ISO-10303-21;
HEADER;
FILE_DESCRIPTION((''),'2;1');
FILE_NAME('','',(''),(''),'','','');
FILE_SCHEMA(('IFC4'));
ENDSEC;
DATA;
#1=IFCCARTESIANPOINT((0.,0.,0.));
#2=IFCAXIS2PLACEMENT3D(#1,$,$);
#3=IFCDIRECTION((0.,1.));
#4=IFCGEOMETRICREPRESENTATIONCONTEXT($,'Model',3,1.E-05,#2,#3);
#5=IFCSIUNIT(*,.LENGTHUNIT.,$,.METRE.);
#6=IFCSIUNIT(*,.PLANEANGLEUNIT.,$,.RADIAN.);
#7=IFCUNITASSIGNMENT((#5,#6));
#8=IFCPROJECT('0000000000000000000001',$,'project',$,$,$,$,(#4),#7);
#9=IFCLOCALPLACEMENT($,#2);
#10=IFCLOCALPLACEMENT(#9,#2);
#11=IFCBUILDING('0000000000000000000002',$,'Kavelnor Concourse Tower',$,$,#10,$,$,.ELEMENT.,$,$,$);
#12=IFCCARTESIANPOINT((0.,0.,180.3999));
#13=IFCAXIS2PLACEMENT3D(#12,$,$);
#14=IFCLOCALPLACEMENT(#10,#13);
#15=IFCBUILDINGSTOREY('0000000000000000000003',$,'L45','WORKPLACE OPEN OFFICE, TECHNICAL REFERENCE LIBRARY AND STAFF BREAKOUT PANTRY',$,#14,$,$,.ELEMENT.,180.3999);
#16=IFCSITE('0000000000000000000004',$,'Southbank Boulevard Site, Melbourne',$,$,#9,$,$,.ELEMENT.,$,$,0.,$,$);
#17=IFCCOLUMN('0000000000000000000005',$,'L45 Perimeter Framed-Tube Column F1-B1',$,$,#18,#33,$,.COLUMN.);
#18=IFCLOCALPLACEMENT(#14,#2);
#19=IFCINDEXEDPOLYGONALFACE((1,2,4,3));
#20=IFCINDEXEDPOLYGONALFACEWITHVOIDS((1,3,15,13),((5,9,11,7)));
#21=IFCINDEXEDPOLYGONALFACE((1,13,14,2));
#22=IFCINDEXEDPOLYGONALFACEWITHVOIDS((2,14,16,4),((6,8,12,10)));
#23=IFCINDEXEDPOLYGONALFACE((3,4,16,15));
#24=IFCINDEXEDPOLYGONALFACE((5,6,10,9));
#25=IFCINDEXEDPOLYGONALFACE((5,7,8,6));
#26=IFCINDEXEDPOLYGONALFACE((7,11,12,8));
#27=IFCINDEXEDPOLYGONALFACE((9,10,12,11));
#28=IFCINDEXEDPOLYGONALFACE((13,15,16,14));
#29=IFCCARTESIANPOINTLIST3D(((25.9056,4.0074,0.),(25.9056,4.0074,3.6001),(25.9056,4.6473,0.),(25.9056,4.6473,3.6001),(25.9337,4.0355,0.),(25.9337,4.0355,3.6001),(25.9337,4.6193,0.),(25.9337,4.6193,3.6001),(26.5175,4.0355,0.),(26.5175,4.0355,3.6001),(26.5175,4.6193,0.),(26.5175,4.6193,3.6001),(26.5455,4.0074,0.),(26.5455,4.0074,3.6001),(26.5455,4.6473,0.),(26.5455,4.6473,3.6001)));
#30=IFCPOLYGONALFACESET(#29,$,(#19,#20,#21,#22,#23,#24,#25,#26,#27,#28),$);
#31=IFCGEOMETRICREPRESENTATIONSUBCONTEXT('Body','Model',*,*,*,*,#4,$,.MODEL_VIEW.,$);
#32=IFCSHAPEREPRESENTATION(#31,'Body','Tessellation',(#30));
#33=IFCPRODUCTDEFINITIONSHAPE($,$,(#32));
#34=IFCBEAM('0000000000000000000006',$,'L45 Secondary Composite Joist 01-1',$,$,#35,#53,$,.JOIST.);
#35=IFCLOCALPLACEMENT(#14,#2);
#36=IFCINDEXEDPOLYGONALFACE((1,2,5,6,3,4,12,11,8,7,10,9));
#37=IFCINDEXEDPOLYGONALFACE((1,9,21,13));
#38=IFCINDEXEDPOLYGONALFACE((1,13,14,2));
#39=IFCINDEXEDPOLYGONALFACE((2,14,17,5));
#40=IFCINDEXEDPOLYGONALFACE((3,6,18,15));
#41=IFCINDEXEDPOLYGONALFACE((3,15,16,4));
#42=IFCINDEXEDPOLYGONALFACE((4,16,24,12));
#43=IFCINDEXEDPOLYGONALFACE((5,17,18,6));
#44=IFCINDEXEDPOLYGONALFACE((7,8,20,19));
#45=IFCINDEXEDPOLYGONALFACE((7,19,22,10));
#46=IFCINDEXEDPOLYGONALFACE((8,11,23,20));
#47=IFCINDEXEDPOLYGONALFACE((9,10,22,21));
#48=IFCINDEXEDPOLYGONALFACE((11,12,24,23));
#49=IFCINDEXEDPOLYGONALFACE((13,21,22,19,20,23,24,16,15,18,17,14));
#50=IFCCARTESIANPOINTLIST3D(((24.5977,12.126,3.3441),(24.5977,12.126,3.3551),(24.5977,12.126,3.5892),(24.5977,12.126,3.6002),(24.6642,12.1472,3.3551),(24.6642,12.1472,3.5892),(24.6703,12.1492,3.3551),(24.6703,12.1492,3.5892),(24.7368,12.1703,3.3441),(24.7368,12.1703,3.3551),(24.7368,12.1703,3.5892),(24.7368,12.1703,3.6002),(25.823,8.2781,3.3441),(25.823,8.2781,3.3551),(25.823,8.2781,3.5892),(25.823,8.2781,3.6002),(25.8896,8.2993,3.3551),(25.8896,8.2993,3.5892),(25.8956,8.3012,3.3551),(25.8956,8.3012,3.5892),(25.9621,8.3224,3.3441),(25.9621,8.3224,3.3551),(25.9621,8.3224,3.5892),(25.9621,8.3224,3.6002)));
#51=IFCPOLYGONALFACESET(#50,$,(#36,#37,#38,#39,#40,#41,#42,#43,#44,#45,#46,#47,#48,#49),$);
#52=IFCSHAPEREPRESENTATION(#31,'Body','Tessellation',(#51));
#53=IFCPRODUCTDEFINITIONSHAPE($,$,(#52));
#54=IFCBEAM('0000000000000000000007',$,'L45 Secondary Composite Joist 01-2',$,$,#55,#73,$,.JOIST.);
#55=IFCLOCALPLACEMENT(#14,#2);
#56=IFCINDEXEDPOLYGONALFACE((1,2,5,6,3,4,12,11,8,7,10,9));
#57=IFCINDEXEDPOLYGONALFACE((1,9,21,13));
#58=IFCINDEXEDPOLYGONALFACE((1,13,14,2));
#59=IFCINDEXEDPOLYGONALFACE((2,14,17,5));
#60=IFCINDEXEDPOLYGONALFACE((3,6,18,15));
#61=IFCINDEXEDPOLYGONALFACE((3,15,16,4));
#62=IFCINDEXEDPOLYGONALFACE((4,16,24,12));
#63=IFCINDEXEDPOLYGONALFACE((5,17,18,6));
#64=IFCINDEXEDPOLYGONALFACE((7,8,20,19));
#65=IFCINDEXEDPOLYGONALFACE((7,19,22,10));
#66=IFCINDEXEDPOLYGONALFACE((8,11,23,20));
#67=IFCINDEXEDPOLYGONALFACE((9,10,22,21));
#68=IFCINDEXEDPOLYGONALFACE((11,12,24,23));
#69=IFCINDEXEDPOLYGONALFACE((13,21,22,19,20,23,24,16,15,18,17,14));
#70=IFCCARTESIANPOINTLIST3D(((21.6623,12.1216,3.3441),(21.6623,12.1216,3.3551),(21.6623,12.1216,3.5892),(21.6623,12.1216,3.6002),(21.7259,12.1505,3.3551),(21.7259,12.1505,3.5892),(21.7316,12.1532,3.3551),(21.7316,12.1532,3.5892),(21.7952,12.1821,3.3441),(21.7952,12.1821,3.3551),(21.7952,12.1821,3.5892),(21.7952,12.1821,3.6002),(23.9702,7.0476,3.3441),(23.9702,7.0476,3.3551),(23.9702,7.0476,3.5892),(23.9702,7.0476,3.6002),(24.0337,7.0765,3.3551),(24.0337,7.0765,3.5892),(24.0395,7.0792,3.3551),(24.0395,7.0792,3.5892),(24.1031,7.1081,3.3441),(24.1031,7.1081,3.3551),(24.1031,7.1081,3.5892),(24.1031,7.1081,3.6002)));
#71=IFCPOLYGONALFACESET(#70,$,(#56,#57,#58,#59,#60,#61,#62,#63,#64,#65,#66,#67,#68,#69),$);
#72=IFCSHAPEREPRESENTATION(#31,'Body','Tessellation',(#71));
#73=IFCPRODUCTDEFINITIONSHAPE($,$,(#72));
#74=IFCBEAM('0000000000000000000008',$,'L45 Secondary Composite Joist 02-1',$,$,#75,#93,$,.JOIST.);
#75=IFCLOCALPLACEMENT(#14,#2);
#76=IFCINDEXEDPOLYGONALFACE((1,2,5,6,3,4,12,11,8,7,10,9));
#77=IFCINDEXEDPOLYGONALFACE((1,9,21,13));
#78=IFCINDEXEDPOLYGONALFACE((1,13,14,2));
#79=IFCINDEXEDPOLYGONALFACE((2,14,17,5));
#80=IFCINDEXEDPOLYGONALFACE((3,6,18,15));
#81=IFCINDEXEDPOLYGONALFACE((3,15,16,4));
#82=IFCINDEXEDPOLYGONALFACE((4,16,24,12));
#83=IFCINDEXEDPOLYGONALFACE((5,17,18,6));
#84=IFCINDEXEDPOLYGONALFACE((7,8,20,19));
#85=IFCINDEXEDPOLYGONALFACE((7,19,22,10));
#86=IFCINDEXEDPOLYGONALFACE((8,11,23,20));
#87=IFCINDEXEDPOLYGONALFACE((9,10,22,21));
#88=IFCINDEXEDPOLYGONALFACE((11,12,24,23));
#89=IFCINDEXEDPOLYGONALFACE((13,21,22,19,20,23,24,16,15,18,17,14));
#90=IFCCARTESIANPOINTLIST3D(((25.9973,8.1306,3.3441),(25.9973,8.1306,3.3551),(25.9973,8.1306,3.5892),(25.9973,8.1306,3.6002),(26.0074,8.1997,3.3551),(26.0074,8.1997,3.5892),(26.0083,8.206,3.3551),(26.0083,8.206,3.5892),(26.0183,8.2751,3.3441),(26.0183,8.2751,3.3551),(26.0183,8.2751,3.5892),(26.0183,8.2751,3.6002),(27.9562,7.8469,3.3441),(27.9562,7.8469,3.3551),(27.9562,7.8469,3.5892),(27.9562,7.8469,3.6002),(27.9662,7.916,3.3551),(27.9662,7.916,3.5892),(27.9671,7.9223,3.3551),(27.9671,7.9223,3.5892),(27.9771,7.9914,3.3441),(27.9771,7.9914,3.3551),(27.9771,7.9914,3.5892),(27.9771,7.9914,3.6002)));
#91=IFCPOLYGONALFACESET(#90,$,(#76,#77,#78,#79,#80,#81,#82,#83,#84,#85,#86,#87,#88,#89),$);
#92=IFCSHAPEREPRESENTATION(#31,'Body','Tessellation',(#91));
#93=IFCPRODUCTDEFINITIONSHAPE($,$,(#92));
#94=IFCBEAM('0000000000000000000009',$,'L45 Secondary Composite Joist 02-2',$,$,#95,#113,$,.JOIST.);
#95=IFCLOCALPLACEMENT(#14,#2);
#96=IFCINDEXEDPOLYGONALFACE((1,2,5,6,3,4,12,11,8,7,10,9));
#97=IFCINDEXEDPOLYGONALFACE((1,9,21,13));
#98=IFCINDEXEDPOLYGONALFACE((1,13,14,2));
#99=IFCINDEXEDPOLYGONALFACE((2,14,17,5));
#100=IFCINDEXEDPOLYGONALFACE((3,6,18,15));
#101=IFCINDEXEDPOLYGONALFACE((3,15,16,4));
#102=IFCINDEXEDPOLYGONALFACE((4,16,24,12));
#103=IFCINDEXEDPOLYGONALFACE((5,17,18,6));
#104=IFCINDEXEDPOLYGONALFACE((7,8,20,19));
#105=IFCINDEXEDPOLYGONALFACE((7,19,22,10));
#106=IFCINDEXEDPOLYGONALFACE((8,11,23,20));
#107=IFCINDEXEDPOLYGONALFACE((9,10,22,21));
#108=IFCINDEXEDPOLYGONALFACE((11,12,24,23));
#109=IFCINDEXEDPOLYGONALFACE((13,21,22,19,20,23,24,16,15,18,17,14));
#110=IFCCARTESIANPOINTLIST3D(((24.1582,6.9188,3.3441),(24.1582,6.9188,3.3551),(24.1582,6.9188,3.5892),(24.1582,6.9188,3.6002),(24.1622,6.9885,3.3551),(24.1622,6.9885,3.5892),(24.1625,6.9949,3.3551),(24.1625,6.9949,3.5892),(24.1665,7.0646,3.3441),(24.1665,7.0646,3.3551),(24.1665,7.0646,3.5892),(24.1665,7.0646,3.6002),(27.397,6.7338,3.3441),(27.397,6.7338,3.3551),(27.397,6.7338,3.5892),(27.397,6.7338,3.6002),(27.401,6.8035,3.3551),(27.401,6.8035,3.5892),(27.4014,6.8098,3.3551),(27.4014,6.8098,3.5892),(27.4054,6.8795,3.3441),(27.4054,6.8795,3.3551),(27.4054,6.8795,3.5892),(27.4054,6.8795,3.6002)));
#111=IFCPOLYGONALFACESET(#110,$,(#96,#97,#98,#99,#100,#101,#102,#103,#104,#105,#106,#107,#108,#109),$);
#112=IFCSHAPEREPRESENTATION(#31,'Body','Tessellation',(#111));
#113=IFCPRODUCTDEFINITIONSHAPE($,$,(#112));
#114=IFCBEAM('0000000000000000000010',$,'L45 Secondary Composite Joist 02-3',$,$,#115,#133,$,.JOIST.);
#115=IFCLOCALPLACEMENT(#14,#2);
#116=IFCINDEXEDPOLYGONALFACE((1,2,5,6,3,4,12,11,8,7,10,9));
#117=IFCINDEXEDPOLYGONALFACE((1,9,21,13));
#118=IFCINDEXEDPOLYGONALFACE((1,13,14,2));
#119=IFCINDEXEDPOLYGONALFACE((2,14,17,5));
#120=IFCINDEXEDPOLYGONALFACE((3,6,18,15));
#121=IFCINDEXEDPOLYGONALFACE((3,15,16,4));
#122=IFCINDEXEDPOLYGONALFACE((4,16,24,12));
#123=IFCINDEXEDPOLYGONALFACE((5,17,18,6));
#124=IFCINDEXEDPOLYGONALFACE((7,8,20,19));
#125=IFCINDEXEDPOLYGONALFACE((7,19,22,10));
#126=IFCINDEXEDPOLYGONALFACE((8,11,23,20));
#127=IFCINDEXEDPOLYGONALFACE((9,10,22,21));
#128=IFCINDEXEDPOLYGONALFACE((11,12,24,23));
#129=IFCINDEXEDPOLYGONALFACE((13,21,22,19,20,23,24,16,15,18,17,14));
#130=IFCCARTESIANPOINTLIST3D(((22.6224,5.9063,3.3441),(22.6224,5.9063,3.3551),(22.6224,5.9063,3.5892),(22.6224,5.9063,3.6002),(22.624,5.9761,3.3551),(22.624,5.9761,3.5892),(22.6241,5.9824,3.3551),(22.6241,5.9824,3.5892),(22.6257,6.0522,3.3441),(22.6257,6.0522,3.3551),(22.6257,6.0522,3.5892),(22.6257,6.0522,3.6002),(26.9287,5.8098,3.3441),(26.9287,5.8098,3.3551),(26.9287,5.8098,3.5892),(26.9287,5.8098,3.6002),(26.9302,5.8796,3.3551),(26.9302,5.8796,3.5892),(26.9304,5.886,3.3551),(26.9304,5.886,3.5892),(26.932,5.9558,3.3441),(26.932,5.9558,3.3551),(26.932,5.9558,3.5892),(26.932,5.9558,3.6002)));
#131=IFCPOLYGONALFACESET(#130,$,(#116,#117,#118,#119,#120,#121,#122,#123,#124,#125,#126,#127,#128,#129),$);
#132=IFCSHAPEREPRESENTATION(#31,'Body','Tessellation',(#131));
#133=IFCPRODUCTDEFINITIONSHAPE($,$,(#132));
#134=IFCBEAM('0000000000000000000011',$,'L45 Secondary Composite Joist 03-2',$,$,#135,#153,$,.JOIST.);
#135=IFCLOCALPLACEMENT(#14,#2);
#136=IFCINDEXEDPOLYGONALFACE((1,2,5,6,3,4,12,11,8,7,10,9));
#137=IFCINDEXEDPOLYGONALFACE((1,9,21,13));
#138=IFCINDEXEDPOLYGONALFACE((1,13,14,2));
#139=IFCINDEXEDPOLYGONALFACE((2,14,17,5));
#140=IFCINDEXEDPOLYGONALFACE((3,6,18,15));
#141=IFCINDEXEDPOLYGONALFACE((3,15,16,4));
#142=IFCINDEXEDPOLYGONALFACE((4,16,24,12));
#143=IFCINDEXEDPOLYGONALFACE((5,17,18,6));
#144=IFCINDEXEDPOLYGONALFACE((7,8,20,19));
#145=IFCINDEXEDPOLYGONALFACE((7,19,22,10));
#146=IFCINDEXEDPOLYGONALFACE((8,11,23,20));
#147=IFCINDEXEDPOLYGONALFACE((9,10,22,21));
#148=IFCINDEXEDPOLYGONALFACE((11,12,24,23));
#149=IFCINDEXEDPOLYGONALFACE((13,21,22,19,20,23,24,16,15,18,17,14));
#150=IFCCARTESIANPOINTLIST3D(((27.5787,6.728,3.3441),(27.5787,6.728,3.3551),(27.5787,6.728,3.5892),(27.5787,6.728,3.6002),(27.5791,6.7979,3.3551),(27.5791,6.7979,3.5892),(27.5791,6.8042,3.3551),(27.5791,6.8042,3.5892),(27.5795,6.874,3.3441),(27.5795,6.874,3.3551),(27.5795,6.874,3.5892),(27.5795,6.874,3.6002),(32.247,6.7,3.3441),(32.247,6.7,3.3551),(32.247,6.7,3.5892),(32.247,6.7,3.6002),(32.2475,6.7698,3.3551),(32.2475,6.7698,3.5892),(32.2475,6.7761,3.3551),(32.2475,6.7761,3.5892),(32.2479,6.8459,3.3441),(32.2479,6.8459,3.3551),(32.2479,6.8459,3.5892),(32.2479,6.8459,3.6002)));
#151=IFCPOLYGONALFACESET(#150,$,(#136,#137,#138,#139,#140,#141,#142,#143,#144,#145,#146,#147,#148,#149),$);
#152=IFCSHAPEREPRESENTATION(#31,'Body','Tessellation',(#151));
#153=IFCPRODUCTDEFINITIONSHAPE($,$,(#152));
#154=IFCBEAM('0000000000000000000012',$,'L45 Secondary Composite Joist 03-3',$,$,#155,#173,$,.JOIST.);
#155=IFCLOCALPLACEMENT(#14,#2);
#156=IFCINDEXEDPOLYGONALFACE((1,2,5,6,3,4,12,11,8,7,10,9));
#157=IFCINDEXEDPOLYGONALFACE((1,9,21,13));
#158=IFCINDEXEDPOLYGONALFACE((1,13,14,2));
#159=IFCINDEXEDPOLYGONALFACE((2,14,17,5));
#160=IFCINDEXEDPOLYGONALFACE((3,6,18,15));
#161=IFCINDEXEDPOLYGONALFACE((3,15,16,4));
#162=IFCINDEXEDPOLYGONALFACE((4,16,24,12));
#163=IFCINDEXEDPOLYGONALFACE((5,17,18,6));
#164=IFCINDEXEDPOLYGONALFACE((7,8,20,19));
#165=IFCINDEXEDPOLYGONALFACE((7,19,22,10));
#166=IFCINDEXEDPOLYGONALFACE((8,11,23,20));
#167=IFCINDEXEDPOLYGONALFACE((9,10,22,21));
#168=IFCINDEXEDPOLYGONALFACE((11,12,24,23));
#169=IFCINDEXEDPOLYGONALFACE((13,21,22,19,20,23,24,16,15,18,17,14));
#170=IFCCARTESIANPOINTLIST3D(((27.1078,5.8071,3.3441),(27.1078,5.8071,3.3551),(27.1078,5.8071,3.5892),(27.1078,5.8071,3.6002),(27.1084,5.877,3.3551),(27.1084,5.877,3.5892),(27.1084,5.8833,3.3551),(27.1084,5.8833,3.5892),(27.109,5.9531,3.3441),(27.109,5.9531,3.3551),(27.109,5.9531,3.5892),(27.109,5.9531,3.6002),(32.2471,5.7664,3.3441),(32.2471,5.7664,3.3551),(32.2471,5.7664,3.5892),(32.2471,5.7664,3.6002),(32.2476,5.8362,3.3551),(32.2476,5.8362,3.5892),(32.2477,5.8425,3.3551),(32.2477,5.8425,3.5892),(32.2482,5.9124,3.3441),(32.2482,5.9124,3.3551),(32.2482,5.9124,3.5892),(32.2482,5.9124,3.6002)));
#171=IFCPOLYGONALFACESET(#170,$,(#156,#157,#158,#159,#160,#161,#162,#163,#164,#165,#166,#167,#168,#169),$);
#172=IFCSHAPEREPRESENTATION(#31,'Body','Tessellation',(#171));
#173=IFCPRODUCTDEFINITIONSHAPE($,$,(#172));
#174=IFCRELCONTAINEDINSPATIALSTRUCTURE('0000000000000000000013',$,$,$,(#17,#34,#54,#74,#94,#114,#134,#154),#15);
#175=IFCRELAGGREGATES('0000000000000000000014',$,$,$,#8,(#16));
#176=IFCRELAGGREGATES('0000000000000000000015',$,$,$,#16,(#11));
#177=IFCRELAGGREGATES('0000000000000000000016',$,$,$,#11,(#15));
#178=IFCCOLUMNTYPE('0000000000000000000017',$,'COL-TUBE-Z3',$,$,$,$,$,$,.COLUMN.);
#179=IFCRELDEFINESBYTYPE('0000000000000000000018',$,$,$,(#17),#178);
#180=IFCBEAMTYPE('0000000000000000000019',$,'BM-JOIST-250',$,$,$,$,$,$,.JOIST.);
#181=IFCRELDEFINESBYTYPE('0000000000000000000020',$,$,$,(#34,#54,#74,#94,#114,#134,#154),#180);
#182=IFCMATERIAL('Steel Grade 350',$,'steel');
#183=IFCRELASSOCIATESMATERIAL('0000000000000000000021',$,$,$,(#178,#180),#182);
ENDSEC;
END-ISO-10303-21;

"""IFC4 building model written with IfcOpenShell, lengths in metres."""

from ifc_helpers import new_model, si_unit, direction, frame, origin, origin_2d, place, context, subcontext, project, spatial, hollow_rectangle, i_section, extrude, material, material_profile, profile_set, type_object, element, save


model = new_model("IFC4")

# Units and contexts
model_context = context("Model", 3, precision=1e-05, world=origin(), true_north=direction((0.0, 1.0)))
body_context = subcontext(model_context, "Body", "Model", "MODEL_VIEW")
ifc_project = project(units=[si_unit("LENGTHUNIT", "METRE"), si_unit("PLANEANGLEUNIT", "RADIAN")], contexts=[model_context])

# Site, building, storey
site_placement = place(None, origin())
site = spatial("IfcSite", under=ifc_project, at=site_placement, Name="Southbank Boulevard Site, Melbourne", CompositionType="ELEMENT", RefElevation=0.0)
building_placement = place(site_placement, origin())
building = spatial("IfcBuilding", under=site, at=building_placement, Name="Kavelnor Concourse Tower", CompositionType="ELEMENT")
storey_placement = place(building_placement, frame((0.0, 0.0, 180.3999)))
storey = spatial("IfcBuildingStorey", under=building, at=storey_placement, Name="L45", Description="WORKPLACE OPEN OFFICE, TECHNICAL REFERENCE LIBRARY AND STAFF BREAKOUT PANTRY", CompositionType="ELEMENT", Elevation=180.3999)

# Column
ifc_material_1 = material(Name="Steel Grade 350", Category="steel")
ifc_material_profile_1 = material_profile(ifc_material_1, hollow_rectangle(XDim=0.6399, YDim=0.6399, WallThickness=0.0281, at=origin_2d()), Name="SHS 640x640x28")
ifc_profile_set_1 = profile_set([ifc_material_profile_1], Name="Steel Grade 350")
column_type = type_object("IfcColumnType", Name="COL-TUBE-Z3", PredefinedType="COLUMN", material=ifc_profile_set_1)
column_placement = place(storey_placement, frame((26.2256, 4.3274, 0.0), z_axis=(0.0, 0.0, 1.0), x_axis=(1.0, 0.0, 0.0)))
element("IfcColumn", 1, at=column_placement, inside=storey, type_object=column_type, Name="L45 Perimeter Framed-Tube Column F1-B1", PredefinedType="COLUMN", context=body_context, shape_type="SweptSolid", body=[
    extrude(hollow_rectangle(XDim=0.6399, YDim=0.6399, WallThickness=0.0281, at=origin_2d()), origin(), (0.0, 0.0, 1.0), 3.6001),
])

# Beams
ifc_material_profile_2 = material_profile(ifc_material_1, i_section(OverallWidth=0.146, OverallDepth=0.2561, WebThickness=0.0063, FlangeThickness=0.011, at=origin_2d()), Name="250UB37")
ifc_profile_set_2 = profile_set([ifc_material_profile_2], Name="Steel Grade 350")
beam_type_1 = type_object("IfcBeamType", Name="BM-JOIST-250", PredefinedType="JOIST", material=ifc_profile_set_2)
beam_1_placement = place(storey_placement, frame((24.6672, 12.1482, 3.4722), z_axis=(0.303431, -0.952854, 0.0), x_axis=(0.952854, 0.303431, 0.0)))
element("IfcBeam", 2, at=beam_1_placement, inside=storey, type_object=beam_type_1, Name="L45 Secondary Composite Joist 01-1", PredefinedType="JOIST", context=body_context, shape_type="SweptSolid", body=[
    extrude(i_section(OverallWidth=0.146, OverallDepth=0.2561, WebThickness=0.0063, FlangeThickness=0.011, at=origin_2d()), origin(), (0.0, 0.0, 1.0), 4.0383),
])
beam_2_placement = place(storey_placement, frame((21.7288, 12.1519, 3.4722), z_axis=(0.414027, -0.910264, 0.0), x_axis=(0.910264, 0.414027, 0.0)))
element("IfcBeam", 3, at=beam_2_placement, inside=storey, type_object=beam_type_1, Name="L45 Secondary Composite Joist 01-2", PredefinedType="JOIST", context=body_context, shape_type="SweptSolid", body=[
    extrude(i_section(OverallWidth=0.146, OverallDepth=0.2561, WebThickness=0.0063, FlangeThickness=0.011, at=origin_2d()), origin(), (0.0, 0.0, 1.0), 5.5742),
])
beam_3_placement = place(storey_placement, frame((26.0078, 8.2029, 3.4722), z_axis=(0.989674, -0.143338, 0.0), x_axis=(0.143338, 0.989674, 0.0)))
element("IfcBeam", 4, at=beam_3_placement, inside=storey, type_object=beam_type_1, Name="L45 Secondary Composite Joist 02-1", PredefinedType="JOIST", context=body_context, shape_type="SweptSolid", body=[
    extrude(i_section(OverallWidth=0.146, OverallDepth=0.2561, WebThickness=0.0063, FlangeThickness=0.011, at=origin_2d()), origin(), (0.0, 0.0, 1.0), 1.9792),
])
beam_4_placement = place(storey_placement, frame((24.1624, 6.9917, 3.4722), z_axis=(0.998372, -0.057046, 0.0), x_axis=(0.057046, 0.998372, 0.0)))
element("IfcBeam", 5, at=beam_4_placement, inside=storey, type_object=beam_type_1, Name="L45 Secondary Composite Joist 02-2", PredefinedType="JOIST", context=body_context, shape_type="SweptSolid", body=[
    extrude(i_section(OverallWidth=0.146, OverallDepth=0.2561, WebThickness=0.0063, FlangeThickness=0.011, at=origin_2d()), origin(), (0.0, 0.0, 1.0), 3.2441),
])
beam_5_placement = place(storey_placement, frame((22.624, 5.9792, 3.4722), z_axis=(0.999749, -0.022388, 0.0), x_axis=(0.022388, 0.999749, 0.0)))
element("IfcBeam", 6, at=beam_5_placement, inside=storey, type_object=beam_type_1, Name="L45 Secondary Composite Joist 02-3", PredefinedType="JOIST", context=body_context, shape_type="SweptSolid", body=[
    extrude(i_section(OverallWidth=0.146, OverallDepth=0.2561, WebThickness=0.0063, FlangeThickness=0.011, at=origin_2d()), origin(), (0.0, 0.0, 1.0), 4.3074),
])
beam_6_placement = place(storey_placement, frame((27.5791, 6.801, 3.4722), z_axis=(0.999982, -0.006014, 0.0), x_axis=(0.006014, 0.999982, 0.0)))
element("IfcBeam", 7, at=beam_6_placement, inside=storey, type_object=beam_type_1, Name="L45 Secondary Composite Joist 03-2", PredefinedType="JOIST", context=body_context, shape_type="SweptSolid", body=[
    extrude(i_section(OverallWidth=0.146, OverallDepth=0.2561, WebThickness=0.0063, FlangeThickness=0.011, at=origin_2d()), origin(), (0.0, 0.0, 1.0), 4.6685),
])
beam_7_placement = place(storey_placement, frame((27.1084, 5.8801, 3.4722), z_axis=(0.999969, -0.007933, 0.0), x_axis=(0.007933, 0.999969, 0.0)))
element("IfcBeam", 8, at=beam_7_placement, inside=storey, type_object=beam_type_1, Name="L45 Secondary Composite Joist 03-3", PredefinedType="JOIST", context=body_context, shape_type="SweptSolid", body=[
    extrude(i_section(OverallWidth=0.146, OverallDepth=0.2561, WebThickness=0.0063, FlangeThickness=0.011, at=origin_2d()), origin(), (0.0, 0.0, 1.0), 5.1394),
])

save(model, "model.ifc")
